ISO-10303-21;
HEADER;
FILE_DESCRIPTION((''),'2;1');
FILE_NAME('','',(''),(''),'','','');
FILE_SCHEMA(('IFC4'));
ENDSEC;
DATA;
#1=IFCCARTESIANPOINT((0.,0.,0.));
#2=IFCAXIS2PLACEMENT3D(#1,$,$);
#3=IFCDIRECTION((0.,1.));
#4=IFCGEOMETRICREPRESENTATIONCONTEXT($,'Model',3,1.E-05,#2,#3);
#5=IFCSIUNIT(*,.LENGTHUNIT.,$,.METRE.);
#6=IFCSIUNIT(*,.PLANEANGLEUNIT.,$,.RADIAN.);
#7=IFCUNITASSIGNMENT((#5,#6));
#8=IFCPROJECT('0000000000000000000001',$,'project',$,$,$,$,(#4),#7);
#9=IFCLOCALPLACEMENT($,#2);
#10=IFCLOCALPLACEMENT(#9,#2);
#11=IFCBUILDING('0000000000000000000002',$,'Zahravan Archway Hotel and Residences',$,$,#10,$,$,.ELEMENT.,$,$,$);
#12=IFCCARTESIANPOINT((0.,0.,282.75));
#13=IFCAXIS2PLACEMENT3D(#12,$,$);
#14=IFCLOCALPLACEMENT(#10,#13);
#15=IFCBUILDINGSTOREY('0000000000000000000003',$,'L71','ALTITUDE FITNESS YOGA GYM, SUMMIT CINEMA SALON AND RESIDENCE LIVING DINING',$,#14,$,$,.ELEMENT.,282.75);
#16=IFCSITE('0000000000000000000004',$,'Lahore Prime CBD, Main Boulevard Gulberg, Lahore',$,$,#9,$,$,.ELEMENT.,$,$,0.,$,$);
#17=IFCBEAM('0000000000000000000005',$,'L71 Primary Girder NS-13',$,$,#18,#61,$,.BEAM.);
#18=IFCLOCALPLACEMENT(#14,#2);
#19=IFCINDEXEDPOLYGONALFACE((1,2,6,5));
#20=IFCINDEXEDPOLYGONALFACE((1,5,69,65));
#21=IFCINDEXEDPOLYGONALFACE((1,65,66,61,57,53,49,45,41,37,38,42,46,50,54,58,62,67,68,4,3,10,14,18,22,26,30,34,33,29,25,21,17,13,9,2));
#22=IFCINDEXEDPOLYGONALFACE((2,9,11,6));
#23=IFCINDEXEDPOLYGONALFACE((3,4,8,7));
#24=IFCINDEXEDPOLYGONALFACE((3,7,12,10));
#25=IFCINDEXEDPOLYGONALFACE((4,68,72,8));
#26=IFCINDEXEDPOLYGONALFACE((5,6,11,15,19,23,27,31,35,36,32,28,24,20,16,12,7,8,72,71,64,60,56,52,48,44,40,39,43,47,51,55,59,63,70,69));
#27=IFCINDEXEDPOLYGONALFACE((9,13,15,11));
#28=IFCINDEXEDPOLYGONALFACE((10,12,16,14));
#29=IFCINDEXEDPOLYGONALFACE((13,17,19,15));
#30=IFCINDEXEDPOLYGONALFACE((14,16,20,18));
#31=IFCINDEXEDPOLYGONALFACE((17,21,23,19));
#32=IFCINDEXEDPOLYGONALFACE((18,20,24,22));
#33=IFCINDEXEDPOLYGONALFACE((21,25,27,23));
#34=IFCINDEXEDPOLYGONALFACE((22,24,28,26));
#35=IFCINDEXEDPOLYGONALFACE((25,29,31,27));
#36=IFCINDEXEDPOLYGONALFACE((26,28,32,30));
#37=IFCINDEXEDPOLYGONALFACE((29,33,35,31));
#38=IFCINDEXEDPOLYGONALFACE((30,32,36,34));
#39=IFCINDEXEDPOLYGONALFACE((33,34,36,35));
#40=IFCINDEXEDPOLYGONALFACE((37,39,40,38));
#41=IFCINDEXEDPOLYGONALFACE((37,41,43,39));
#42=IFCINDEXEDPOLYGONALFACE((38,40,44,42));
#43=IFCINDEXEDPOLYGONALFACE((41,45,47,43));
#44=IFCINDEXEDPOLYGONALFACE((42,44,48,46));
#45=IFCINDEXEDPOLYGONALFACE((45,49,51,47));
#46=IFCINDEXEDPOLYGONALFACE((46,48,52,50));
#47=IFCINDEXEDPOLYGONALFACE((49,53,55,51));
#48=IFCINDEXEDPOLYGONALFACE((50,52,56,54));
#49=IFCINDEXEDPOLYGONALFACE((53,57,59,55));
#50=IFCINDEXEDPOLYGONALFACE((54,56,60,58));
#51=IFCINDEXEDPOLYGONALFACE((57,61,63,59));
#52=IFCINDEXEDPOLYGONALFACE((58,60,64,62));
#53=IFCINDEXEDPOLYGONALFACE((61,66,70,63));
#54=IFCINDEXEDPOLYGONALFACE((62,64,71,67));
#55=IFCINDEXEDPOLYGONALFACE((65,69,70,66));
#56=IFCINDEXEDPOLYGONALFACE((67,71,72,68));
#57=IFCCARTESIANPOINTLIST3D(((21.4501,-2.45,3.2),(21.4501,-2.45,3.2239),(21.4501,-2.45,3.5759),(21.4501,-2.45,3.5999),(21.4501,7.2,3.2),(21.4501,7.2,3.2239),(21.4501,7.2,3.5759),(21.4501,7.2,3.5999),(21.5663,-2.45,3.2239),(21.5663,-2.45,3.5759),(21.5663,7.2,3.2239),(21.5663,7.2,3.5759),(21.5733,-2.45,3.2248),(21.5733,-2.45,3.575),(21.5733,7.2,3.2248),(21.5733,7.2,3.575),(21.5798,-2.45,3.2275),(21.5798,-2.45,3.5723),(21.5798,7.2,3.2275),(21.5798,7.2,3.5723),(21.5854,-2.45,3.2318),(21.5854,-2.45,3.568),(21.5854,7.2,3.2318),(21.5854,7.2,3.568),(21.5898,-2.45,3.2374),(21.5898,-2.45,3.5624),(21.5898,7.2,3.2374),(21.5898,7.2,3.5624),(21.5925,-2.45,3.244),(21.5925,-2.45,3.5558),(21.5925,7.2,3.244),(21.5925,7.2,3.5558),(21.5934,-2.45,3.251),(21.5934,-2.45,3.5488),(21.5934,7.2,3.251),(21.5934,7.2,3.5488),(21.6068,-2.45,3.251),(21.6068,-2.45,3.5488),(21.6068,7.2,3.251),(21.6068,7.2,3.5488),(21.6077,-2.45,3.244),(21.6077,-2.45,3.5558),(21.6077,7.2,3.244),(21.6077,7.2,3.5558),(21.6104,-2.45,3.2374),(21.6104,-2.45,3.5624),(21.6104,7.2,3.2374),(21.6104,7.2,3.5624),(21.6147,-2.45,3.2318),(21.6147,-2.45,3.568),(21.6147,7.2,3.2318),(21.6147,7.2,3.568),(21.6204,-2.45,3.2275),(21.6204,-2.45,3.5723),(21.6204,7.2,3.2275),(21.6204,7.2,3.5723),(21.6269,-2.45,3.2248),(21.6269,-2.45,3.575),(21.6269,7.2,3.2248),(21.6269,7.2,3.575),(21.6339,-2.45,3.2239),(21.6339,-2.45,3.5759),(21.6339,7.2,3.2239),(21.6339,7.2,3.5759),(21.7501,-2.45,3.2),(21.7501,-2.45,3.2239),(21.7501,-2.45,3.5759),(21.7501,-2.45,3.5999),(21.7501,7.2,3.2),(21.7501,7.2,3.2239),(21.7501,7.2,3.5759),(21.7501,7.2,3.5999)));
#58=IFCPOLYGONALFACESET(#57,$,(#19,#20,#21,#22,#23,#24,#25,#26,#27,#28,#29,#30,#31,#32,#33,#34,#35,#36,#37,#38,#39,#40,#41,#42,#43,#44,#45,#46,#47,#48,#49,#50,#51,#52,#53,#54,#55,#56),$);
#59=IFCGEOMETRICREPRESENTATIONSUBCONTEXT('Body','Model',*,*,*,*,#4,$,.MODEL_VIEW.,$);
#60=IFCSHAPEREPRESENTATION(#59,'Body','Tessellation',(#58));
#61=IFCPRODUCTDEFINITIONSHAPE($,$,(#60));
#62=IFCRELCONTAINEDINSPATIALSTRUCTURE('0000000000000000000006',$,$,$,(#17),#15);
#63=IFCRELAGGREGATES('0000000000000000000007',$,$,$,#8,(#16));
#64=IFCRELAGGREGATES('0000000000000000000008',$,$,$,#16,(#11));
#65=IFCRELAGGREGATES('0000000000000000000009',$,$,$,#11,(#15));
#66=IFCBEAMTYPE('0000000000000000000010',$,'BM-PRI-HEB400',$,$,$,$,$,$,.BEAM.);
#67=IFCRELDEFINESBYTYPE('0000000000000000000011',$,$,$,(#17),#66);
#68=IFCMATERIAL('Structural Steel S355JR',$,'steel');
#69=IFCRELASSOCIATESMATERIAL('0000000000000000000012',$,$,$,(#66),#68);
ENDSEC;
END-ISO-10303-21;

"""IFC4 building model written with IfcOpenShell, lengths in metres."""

from ifc_helpers import new_model, si_unit, direction, frame, origin, origin_2d, place, context, subcontext, project, spatial, i_section, extrude, source, transform, mapped, material, material_profile, profile_set, type_object, element, save


model = new_model("IFC4")

# Units and contexts
model_context = context("Model", 3, precision=1e-05, world=origin(), true_north=direction((0.0, 1.0)))
body_context = subcontext(model_context, "Body", "Model", "MODEL_VIEW")
ifc_project = project(units=[si_unit("LENGTHUNIT", "METRE"), si_unit("PLANEANGLEUNIT", "RADIAN")], contexts=[model_context])

# Site, building, storey
site_placement = place(None, origin())
site = spatial("IfcSite", under=ifc_project, at=site_placement, Name="Lahore Prime CBD, Main Boulevard Gulberg, Lahore", CompositionType="ELEMENT", RefElevation=0.0)
building_placement = place(site_placement, origin())
building = spatial("IfcBuilding", under=site, at=building_placement, Name="Zahravan Archway Hotel and Residences", CompositionType="ELEMENT")
storey_placement = place(building_placement, frame((0.0, 0.0, 282.75)))
storey = spatial("IfcBuildingStorey", under=building, at=storey_placement, Name="L71", Description="ALTITUDE FITNESS YOGA GYM, SUMMIT CINEMA SALON AND RESIDENCE LIVING DINING", CompositionType="ELEMENT", Elevation=282.75)

# Beam
ifc_material_1 = material(Name="Structural Steel S355JR", Category="steel")
ifc_material_profile_1 = material_profile(ifc_material_1, i_section(OverallWidth=0.3, OverallDepth=0.3999, WebThickness=0.0134, FlangeThickness=0.0239, FilletRadius=0.0271, at=origin_2d()), Name="HEB 400", Category="steel")
ifc_profile_set_1 = profile_set([ifc_material_profile_1], Name="Structural Steel S355JR")
beam_type_1 = type_object("IfcBeamType", Name="BM-PRI-HEB400", PredefinedType="BEAM", material=ifc_profile_set_1)
shared_shape_1 = source(origin(), body_context, "Body", "SweptSolid", [
    extrude(i_section(OverallWidth=0.3, OverallDepth=0.3999, WebThickness=0.0134, FlangeThickness=0.0239, FilletRadius=0.0271, at=origin_2d()), origin(), (0.0, 0.0, 1.0), 9.6499),
])
beam_1_placement = place(storey_placement, frame((21.6001, -2.45, 3.3999), z_axis=(0.0, 1.0, 0.0), x_axis=(-1.0, 0.0, 0.0)))
element("IfcBeam", 1, at=beam_1_placement, inside=storey, type_object=beam_type_1, Name="L71 Primary Girder NS-13", PredefinedType="BEAM", context=body_context, shape_type="MappedRepresentation", body=[
    mapped(shared_shape_1, transform((0.0, 0.0, 0.0), scale=1.0)),
])

save(model, "model.ifc")
